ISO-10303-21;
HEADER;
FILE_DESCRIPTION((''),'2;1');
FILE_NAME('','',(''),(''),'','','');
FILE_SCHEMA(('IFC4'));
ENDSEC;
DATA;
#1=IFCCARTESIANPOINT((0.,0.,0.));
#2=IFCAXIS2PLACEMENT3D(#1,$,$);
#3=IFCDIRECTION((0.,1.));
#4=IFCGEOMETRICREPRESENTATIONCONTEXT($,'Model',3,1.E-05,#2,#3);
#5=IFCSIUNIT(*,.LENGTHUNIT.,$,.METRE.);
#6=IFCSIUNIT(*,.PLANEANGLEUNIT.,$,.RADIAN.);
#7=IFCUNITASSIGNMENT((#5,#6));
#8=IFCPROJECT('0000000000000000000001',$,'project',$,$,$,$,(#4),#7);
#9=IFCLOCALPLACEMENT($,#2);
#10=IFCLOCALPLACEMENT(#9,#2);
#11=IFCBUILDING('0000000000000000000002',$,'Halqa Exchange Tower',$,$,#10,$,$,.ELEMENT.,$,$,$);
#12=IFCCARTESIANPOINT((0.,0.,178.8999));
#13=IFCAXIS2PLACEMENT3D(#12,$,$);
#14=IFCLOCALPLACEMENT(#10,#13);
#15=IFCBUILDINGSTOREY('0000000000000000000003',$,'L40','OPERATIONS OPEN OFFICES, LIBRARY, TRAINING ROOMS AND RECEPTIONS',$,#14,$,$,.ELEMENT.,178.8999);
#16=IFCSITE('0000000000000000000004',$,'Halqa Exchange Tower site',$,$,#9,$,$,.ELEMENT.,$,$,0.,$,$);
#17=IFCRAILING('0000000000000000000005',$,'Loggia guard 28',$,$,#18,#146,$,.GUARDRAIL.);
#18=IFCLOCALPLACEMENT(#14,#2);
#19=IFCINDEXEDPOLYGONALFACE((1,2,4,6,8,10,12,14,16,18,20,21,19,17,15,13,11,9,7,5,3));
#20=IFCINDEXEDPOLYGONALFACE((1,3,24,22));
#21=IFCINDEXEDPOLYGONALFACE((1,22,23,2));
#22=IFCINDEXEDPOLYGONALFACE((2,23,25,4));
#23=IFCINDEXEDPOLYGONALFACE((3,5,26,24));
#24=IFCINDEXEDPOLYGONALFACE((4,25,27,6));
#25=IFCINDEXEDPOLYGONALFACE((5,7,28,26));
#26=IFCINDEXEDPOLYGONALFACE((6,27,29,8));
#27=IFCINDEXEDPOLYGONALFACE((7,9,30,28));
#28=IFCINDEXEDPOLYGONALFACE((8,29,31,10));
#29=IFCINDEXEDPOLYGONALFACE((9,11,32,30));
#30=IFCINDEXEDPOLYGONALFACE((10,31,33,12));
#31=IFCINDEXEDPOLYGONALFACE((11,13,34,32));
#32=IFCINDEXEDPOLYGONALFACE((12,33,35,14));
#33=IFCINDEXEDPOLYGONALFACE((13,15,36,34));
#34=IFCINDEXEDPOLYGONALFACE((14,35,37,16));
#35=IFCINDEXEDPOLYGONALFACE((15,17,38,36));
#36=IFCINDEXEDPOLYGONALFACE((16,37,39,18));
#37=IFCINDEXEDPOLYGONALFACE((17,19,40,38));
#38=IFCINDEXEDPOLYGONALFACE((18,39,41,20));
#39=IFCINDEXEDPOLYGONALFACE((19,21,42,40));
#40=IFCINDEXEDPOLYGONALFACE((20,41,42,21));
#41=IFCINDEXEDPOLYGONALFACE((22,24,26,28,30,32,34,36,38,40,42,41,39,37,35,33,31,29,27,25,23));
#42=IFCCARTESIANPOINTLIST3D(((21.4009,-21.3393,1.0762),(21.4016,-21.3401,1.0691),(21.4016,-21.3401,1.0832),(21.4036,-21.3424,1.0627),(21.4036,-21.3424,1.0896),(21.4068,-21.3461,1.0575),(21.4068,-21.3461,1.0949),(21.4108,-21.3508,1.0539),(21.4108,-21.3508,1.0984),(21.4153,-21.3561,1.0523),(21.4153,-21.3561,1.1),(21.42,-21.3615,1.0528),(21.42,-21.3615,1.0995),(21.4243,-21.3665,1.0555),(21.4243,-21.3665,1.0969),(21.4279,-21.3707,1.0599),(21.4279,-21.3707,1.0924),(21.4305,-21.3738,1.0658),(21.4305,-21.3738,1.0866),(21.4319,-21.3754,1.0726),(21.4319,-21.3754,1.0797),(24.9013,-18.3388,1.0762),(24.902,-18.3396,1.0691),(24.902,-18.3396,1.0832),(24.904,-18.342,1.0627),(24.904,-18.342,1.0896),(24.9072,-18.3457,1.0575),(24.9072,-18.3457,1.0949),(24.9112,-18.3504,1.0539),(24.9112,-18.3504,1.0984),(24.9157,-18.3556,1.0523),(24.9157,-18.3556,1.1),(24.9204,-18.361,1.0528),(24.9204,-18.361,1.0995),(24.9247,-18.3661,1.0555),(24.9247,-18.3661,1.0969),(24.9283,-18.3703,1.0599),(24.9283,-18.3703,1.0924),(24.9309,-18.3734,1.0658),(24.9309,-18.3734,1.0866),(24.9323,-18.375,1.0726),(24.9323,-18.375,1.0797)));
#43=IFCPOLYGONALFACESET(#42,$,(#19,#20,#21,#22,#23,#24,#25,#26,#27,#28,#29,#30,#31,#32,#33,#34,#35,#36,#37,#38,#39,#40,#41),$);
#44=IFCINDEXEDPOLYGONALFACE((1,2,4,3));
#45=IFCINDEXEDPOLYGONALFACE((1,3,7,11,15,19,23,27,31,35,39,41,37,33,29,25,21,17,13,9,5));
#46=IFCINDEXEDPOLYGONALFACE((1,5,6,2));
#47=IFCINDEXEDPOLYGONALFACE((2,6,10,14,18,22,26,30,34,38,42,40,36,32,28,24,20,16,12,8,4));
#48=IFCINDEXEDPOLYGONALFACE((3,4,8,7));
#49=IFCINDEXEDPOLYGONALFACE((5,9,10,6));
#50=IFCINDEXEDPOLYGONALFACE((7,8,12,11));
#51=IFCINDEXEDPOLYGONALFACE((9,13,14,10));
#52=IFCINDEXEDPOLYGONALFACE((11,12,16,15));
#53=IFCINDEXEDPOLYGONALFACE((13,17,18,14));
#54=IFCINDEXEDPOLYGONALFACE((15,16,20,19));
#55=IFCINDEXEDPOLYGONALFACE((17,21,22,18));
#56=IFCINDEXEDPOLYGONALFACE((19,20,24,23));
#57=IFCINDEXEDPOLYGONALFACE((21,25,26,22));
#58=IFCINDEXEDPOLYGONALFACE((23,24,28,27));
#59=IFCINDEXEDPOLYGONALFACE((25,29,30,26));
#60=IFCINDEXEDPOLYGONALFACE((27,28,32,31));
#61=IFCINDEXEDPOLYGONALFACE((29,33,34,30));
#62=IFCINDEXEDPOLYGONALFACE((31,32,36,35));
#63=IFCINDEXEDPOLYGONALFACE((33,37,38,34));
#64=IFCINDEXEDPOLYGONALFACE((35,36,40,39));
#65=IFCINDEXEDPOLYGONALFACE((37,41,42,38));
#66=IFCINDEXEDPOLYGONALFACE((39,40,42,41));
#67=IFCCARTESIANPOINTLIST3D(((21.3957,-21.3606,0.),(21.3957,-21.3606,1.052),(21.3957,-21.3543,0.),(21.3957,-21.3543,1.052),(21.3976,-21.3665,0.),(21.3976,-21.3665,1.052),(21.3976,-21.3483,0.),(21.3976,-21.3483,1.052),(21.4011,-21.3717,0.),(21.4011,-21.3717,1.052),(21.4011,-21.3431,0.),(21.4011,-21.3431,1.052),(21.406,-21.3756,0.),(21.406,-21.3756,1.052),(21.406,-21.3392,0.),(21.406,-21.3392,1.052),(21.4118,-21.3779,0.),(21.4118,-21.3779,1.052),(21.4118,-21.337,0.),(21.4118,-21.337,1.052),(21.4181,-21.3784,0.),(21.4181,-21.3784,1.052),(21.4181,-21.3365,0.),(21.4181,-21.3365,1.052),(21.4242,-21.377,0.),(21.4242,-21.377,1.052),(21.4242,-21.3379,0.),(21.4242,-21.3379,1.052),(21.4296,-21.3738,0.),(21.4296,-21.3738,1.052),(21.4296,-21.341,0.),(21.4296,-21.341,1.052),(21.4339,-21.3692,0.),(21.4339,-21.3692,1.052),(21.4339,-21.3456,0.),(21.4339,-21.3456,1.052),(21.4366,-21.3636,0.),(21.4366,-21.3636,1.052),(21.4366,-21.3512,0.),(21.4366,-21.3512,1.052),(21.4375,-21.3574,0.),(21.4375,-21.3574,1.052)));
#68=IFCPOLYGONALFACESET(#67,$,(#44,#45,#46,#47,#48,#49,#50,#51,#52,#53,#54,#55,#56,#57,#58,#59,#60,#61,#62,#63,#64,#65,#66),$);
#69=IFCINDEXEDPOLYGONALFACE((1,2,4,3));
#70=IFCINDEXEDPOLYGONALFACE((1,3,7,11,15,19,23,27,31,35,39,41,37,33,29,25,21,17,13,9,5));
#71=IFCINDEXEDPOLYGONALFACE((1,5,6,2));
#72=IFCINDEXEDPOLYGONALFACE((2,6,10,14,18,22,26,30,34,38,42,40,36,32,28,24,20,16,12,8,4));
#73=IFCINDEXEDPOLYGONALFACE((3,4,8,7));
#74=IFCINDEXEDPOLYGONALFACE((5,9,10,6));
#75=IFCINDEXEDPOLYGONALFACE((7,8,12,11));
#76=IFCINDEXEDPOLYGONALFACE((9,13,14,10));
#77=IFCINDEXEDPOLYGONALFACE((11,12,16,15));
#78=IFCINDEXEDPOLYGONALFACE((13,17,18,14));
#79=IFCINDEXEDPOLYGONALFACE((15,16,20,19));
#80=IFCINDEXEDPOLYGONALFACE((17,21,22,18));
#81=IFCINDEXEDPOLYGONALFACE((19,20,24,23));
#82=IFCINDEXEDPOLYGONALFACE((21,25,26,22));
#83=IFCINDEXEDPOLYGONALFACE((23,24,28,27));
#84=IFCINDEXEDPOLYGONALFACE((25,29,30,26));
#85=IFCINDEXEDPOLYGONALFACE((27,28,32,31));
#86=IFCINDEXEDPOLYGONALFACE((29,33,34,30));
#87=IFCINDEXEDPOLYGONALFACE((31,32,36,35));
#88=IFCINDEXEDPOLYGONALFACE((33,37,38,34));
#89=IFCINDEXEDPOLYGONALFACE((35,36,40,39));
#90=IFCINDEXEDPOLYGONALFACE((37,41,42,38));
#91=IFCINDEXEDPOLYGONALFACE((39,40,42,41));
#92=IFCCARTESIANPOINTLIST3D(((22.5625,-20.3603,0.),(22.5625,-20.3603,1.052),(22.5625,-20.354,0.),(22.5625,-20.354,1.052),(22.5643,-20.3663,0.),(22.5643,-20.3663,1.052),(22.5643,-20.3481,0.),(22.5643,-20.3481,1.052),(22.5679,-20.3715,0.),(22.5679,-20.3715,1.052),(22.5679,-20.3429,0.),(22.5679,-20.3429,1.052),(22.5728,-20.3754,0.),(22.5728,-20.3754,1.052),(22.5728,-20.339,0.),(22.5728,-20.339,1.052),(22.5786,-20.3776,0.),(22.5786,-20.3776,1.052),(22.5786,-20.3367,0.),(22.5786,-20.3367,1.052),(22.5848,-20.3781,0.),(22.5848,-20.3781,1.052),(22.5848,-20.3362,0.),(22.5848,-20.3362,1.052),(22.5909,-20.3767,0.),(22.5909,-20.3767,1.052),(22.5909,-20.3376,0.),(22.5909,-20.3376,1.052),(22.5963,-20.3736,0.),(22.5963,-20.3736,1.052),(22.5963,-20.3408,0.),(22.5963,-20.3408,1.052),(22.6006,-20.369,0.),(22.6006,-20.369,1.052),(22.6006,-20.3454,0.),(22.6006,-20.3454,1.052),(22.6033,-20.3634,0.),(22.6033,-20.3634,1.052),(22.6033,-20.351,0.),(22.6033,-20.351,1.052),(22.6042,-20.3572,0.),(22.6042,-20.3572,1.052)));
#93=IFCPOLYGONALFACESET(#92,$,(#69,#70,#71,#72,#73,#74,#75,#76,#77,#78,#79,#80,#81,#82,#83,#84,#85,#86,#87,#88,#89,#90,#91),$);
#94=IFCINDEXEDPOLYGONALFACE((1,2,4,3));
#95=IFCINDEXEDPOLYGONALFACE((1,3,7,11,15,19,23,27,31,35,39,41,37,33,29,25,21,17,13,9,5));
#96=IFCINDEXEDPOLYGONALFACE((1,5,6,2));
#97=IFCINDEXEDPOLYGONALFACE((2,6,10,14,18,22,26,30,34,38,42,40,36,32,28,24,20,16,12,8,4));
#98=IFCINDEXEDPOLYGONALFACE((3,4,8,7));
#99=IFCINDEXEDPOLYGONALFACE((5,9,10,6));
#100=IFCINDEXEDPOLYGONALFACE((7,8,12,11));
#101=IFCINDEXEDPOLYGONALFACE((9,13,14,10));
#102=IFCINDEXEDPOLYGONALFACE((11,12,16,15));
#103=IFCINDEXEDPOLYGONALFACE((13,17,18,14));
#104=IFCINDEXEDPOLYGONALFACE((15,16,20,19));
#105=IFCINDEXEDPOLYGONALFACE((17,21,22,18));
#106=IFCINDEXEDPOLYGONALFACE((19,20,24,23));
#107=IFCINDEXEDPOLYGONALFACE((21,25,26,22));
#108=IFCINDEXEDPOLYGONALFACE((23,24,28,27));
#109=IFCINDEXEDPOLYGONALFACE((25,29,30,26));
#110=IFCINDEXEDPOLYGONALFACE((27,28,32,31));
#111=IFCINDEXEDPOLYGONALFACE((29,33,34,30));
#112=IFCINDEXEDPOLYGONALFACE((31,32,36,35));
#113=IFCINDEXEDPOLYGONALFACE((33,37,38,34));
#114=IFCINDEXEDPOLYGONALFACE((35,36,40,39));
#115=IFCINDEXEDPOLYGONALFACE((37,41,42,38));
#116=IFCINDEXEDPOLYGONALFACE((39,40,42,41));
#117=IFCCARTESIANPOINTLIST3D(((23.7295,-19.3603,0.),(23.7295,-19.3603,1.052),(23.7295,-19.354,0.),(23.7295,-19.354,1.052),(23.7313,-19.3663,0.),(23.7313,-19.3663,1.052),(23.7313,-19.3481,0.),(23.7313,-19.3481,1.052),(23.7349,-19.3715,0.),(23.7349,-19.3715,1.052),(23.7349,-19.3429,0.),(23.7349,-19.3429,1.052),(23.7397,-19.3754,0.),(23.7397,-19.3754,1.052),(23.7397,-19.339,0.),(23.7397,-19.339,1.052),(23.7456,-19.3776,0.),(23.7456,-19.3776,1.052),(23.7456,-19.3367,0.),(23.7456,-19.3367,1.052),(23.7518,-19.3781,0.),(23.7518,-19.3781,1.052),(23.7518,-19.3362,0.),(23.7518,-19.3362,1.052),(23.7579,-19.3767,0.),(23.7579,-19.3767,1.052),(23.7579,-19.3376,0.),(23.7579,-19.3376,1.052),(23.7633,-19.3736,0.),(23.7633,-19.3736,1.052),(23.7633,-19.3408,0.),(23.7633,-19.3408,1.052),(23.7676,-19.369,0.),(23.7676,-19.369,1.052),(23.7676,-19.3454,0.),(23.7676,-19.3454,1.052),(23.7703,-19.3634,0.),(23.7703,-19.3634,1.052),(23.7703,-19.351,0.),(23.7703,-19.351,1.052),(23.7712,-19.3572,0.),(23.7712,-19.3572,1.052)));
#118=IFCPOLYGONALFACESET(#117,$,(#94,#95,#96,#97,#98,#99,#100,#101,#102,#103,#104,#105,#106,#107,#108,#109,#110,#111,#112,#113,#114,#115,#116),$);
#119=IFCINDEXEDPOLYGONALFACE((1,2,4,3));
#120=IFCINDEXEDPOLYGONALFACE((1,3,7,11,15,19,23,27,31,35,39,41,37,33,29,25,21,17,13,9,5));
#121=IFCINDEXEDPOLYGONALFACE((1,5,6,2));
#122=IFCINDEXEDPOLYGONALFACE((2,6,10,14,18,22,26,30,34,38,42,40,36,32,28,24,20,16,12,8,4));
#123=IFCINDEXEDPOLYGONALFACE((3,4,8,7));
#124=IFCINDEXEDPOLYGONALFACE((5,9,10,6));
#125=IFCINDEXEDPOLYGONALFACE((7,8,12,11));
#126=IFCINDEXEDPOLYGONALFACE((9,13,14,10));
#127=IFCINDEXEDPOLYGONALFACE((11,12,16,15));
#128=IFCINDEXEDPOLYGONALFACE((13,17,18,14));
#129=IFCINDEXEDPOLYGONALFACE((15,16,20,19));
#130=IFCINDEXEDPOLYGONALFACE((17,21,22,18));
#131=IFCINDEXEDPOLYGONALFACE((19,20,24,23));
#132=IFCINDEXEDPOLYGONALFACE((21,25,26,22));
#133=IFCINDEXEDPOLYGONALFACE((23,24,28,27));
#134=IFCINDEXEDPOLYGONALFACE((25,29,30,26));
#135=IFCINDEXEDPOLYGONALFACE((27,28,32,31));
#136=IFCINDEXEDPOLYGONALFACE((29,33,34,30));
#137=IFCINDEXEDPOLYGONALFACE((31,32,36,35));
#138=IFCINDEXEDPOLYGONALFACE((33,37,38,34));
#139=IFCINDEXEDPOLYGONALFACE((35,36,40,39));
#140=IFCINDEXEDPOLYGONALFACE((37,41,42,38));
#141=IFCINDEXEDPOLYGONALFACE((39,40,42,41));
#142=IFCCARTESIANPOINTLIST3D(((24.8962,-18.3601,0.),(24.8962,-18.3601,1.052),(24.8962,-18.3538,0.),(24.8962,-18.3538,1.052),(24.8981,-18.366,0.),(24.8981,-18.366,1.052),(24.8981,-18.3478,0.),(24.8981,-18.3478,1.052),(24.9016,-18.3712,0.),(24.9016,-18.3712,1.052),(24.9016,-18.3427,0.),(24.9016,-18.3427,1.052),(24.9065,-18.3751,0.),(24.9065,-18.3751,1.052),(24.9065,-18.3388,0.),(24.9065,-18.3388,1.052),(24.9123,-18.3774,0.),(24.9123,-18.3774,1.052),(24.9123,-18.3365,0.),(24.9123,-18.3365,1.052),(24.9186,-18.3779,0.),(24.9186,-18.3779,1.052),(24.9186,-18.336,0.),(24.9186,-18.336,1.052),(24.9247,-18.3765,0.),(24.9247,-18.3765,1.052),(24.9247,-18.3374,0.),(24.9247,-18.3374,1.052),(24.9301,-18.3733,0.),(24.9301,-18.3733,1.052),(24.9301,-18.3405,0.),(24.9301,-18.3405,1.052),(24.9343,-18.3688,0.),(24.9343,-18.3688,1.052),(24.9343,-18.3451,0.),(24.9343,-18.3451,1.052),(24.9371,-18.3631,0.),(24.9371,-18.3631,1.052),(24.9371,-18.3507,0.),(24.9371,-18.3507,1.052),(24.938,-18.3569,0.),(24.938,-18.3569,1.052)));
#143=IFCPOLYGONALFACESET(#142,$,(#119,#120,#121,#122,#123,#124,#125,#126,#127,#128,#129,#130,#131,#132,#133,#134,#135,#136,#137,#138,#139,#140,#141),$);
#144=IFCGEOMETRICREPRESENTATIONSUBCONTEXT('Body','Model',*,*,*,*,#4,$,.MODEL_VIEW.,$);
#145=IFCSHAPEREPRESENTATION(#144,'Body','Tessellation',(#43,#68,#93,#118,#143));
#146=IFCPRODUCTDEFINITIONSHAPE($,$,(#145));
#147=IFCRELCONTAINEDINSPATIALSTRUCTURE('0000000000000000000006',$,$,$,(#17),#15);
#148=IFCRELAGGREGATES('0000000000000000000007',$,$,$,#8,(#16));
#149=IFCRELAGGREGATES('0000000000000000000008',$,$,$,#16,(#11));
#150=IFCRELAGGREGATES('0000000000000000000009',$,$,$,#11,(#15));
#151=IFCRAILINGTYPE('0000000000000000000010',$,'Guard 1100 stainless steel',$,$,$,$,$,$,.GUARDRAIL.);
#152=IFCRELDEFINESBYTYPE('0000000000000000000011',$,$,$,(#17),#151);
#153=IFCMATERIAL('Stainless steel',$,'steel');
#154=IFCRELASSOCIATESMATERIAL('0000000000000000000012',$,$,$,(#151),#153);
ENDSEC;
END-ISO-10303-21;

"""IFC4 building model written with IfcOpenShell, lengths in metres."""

from ifc_helpers import new_model, si_unit, direction, frame, origin, origin_2d, place, context, subcontext, project, spatial, circle, extrude, material, type_object, element, save


model = new_model("IFC4")

# Units and contexts
model_context = context("Model", 3, precision=1e-05, world=origin(), true_north=direction((0.0, 1.0)))
body_context = subcontext(model_context, "Body", "Model", "MODEL_VIEW")
ifc_project = project(units=[si_unit("LENGTHUNIT", "METRE"), si_unit("PLANEANGLEUNIT", "RADIAN")], contexts=[model_context])

# Site, building, storey
site_placement = place(None, origin())
site = spatial("IfcSite", under=ifc_project, at=site_placement, Name="Halqa Exchange Tower site", CompositionType="ELEMENT", RefElevation=0.0)
building_placement = place(site_placement, origin())
building = spatial("IfcBuilding", under=site, at=building_placement, Name="Halqa Exchange Tower", CompositionType="ELEMENT")
storey_placement = place(building_placement, frame((0.0, 0.0, 178.8999)))
storey = spatial("IfcBuildingStorey", under=building, at=storey_placement, Name="L40", Description="OPERATIONS OPEN OFFICES, LIBRARY, TRAINING ROOMS AND RECEPTIONS", CompositionType="ELEMENT", Elevation=178.8999)

# Railing
ifc_material_1 = material(Name="Stainless steel", Category="steel")
railing_type = type_object("IfcRailingType", Name="Guard 1100 stainless steel", PredefinedType="GUARDRAIL", material=ifc_material_1)
railing_1_placement = place(storey_placement, frame((21.4165, -21.3574, 0.0)))
element("IfcRailing", 1, at=railing_1_placement, inside=storey, type_object=railing_type, Name="Loggia guard 28", PredefinedType="GUARDRAIL", context=body_context, shape_type="SweptSolid", body=[
    extrude(circle(Radius=0.0239, at=origin_2d()), frame((0.0, 0.0, 1.0762), z_axis=(0.759249, 0.6508, 0.0), x_axis=(-0.6508, 0.759249, 0.0)), (0.0, 0.0, 1.0), 4.6104),
    extrude(circle(Radius=0.021, at=origin_2d()), origin(), (0.0, 0.0, 1.0), 1.052),
    extrude(circle(Radius=0.021, at=origin_2d()), frame((1.1667, 1.0002, 0.0)), (0.0, 0.0, 1.0), 1.052),
    extrude(circle(Radius=0.021, at=origin_2d()), frame((2.3337, 2.0002, 0.0)), (0.0, 0.0, 1.0), 1.052),
    extrude(circle(Radius=0.021, at=origin_2d()), frame((3.5005, 3.0005, 0.0)), (0.0, 0.0, 1.0), 1.052),
])

save(model, "model.ifc")
